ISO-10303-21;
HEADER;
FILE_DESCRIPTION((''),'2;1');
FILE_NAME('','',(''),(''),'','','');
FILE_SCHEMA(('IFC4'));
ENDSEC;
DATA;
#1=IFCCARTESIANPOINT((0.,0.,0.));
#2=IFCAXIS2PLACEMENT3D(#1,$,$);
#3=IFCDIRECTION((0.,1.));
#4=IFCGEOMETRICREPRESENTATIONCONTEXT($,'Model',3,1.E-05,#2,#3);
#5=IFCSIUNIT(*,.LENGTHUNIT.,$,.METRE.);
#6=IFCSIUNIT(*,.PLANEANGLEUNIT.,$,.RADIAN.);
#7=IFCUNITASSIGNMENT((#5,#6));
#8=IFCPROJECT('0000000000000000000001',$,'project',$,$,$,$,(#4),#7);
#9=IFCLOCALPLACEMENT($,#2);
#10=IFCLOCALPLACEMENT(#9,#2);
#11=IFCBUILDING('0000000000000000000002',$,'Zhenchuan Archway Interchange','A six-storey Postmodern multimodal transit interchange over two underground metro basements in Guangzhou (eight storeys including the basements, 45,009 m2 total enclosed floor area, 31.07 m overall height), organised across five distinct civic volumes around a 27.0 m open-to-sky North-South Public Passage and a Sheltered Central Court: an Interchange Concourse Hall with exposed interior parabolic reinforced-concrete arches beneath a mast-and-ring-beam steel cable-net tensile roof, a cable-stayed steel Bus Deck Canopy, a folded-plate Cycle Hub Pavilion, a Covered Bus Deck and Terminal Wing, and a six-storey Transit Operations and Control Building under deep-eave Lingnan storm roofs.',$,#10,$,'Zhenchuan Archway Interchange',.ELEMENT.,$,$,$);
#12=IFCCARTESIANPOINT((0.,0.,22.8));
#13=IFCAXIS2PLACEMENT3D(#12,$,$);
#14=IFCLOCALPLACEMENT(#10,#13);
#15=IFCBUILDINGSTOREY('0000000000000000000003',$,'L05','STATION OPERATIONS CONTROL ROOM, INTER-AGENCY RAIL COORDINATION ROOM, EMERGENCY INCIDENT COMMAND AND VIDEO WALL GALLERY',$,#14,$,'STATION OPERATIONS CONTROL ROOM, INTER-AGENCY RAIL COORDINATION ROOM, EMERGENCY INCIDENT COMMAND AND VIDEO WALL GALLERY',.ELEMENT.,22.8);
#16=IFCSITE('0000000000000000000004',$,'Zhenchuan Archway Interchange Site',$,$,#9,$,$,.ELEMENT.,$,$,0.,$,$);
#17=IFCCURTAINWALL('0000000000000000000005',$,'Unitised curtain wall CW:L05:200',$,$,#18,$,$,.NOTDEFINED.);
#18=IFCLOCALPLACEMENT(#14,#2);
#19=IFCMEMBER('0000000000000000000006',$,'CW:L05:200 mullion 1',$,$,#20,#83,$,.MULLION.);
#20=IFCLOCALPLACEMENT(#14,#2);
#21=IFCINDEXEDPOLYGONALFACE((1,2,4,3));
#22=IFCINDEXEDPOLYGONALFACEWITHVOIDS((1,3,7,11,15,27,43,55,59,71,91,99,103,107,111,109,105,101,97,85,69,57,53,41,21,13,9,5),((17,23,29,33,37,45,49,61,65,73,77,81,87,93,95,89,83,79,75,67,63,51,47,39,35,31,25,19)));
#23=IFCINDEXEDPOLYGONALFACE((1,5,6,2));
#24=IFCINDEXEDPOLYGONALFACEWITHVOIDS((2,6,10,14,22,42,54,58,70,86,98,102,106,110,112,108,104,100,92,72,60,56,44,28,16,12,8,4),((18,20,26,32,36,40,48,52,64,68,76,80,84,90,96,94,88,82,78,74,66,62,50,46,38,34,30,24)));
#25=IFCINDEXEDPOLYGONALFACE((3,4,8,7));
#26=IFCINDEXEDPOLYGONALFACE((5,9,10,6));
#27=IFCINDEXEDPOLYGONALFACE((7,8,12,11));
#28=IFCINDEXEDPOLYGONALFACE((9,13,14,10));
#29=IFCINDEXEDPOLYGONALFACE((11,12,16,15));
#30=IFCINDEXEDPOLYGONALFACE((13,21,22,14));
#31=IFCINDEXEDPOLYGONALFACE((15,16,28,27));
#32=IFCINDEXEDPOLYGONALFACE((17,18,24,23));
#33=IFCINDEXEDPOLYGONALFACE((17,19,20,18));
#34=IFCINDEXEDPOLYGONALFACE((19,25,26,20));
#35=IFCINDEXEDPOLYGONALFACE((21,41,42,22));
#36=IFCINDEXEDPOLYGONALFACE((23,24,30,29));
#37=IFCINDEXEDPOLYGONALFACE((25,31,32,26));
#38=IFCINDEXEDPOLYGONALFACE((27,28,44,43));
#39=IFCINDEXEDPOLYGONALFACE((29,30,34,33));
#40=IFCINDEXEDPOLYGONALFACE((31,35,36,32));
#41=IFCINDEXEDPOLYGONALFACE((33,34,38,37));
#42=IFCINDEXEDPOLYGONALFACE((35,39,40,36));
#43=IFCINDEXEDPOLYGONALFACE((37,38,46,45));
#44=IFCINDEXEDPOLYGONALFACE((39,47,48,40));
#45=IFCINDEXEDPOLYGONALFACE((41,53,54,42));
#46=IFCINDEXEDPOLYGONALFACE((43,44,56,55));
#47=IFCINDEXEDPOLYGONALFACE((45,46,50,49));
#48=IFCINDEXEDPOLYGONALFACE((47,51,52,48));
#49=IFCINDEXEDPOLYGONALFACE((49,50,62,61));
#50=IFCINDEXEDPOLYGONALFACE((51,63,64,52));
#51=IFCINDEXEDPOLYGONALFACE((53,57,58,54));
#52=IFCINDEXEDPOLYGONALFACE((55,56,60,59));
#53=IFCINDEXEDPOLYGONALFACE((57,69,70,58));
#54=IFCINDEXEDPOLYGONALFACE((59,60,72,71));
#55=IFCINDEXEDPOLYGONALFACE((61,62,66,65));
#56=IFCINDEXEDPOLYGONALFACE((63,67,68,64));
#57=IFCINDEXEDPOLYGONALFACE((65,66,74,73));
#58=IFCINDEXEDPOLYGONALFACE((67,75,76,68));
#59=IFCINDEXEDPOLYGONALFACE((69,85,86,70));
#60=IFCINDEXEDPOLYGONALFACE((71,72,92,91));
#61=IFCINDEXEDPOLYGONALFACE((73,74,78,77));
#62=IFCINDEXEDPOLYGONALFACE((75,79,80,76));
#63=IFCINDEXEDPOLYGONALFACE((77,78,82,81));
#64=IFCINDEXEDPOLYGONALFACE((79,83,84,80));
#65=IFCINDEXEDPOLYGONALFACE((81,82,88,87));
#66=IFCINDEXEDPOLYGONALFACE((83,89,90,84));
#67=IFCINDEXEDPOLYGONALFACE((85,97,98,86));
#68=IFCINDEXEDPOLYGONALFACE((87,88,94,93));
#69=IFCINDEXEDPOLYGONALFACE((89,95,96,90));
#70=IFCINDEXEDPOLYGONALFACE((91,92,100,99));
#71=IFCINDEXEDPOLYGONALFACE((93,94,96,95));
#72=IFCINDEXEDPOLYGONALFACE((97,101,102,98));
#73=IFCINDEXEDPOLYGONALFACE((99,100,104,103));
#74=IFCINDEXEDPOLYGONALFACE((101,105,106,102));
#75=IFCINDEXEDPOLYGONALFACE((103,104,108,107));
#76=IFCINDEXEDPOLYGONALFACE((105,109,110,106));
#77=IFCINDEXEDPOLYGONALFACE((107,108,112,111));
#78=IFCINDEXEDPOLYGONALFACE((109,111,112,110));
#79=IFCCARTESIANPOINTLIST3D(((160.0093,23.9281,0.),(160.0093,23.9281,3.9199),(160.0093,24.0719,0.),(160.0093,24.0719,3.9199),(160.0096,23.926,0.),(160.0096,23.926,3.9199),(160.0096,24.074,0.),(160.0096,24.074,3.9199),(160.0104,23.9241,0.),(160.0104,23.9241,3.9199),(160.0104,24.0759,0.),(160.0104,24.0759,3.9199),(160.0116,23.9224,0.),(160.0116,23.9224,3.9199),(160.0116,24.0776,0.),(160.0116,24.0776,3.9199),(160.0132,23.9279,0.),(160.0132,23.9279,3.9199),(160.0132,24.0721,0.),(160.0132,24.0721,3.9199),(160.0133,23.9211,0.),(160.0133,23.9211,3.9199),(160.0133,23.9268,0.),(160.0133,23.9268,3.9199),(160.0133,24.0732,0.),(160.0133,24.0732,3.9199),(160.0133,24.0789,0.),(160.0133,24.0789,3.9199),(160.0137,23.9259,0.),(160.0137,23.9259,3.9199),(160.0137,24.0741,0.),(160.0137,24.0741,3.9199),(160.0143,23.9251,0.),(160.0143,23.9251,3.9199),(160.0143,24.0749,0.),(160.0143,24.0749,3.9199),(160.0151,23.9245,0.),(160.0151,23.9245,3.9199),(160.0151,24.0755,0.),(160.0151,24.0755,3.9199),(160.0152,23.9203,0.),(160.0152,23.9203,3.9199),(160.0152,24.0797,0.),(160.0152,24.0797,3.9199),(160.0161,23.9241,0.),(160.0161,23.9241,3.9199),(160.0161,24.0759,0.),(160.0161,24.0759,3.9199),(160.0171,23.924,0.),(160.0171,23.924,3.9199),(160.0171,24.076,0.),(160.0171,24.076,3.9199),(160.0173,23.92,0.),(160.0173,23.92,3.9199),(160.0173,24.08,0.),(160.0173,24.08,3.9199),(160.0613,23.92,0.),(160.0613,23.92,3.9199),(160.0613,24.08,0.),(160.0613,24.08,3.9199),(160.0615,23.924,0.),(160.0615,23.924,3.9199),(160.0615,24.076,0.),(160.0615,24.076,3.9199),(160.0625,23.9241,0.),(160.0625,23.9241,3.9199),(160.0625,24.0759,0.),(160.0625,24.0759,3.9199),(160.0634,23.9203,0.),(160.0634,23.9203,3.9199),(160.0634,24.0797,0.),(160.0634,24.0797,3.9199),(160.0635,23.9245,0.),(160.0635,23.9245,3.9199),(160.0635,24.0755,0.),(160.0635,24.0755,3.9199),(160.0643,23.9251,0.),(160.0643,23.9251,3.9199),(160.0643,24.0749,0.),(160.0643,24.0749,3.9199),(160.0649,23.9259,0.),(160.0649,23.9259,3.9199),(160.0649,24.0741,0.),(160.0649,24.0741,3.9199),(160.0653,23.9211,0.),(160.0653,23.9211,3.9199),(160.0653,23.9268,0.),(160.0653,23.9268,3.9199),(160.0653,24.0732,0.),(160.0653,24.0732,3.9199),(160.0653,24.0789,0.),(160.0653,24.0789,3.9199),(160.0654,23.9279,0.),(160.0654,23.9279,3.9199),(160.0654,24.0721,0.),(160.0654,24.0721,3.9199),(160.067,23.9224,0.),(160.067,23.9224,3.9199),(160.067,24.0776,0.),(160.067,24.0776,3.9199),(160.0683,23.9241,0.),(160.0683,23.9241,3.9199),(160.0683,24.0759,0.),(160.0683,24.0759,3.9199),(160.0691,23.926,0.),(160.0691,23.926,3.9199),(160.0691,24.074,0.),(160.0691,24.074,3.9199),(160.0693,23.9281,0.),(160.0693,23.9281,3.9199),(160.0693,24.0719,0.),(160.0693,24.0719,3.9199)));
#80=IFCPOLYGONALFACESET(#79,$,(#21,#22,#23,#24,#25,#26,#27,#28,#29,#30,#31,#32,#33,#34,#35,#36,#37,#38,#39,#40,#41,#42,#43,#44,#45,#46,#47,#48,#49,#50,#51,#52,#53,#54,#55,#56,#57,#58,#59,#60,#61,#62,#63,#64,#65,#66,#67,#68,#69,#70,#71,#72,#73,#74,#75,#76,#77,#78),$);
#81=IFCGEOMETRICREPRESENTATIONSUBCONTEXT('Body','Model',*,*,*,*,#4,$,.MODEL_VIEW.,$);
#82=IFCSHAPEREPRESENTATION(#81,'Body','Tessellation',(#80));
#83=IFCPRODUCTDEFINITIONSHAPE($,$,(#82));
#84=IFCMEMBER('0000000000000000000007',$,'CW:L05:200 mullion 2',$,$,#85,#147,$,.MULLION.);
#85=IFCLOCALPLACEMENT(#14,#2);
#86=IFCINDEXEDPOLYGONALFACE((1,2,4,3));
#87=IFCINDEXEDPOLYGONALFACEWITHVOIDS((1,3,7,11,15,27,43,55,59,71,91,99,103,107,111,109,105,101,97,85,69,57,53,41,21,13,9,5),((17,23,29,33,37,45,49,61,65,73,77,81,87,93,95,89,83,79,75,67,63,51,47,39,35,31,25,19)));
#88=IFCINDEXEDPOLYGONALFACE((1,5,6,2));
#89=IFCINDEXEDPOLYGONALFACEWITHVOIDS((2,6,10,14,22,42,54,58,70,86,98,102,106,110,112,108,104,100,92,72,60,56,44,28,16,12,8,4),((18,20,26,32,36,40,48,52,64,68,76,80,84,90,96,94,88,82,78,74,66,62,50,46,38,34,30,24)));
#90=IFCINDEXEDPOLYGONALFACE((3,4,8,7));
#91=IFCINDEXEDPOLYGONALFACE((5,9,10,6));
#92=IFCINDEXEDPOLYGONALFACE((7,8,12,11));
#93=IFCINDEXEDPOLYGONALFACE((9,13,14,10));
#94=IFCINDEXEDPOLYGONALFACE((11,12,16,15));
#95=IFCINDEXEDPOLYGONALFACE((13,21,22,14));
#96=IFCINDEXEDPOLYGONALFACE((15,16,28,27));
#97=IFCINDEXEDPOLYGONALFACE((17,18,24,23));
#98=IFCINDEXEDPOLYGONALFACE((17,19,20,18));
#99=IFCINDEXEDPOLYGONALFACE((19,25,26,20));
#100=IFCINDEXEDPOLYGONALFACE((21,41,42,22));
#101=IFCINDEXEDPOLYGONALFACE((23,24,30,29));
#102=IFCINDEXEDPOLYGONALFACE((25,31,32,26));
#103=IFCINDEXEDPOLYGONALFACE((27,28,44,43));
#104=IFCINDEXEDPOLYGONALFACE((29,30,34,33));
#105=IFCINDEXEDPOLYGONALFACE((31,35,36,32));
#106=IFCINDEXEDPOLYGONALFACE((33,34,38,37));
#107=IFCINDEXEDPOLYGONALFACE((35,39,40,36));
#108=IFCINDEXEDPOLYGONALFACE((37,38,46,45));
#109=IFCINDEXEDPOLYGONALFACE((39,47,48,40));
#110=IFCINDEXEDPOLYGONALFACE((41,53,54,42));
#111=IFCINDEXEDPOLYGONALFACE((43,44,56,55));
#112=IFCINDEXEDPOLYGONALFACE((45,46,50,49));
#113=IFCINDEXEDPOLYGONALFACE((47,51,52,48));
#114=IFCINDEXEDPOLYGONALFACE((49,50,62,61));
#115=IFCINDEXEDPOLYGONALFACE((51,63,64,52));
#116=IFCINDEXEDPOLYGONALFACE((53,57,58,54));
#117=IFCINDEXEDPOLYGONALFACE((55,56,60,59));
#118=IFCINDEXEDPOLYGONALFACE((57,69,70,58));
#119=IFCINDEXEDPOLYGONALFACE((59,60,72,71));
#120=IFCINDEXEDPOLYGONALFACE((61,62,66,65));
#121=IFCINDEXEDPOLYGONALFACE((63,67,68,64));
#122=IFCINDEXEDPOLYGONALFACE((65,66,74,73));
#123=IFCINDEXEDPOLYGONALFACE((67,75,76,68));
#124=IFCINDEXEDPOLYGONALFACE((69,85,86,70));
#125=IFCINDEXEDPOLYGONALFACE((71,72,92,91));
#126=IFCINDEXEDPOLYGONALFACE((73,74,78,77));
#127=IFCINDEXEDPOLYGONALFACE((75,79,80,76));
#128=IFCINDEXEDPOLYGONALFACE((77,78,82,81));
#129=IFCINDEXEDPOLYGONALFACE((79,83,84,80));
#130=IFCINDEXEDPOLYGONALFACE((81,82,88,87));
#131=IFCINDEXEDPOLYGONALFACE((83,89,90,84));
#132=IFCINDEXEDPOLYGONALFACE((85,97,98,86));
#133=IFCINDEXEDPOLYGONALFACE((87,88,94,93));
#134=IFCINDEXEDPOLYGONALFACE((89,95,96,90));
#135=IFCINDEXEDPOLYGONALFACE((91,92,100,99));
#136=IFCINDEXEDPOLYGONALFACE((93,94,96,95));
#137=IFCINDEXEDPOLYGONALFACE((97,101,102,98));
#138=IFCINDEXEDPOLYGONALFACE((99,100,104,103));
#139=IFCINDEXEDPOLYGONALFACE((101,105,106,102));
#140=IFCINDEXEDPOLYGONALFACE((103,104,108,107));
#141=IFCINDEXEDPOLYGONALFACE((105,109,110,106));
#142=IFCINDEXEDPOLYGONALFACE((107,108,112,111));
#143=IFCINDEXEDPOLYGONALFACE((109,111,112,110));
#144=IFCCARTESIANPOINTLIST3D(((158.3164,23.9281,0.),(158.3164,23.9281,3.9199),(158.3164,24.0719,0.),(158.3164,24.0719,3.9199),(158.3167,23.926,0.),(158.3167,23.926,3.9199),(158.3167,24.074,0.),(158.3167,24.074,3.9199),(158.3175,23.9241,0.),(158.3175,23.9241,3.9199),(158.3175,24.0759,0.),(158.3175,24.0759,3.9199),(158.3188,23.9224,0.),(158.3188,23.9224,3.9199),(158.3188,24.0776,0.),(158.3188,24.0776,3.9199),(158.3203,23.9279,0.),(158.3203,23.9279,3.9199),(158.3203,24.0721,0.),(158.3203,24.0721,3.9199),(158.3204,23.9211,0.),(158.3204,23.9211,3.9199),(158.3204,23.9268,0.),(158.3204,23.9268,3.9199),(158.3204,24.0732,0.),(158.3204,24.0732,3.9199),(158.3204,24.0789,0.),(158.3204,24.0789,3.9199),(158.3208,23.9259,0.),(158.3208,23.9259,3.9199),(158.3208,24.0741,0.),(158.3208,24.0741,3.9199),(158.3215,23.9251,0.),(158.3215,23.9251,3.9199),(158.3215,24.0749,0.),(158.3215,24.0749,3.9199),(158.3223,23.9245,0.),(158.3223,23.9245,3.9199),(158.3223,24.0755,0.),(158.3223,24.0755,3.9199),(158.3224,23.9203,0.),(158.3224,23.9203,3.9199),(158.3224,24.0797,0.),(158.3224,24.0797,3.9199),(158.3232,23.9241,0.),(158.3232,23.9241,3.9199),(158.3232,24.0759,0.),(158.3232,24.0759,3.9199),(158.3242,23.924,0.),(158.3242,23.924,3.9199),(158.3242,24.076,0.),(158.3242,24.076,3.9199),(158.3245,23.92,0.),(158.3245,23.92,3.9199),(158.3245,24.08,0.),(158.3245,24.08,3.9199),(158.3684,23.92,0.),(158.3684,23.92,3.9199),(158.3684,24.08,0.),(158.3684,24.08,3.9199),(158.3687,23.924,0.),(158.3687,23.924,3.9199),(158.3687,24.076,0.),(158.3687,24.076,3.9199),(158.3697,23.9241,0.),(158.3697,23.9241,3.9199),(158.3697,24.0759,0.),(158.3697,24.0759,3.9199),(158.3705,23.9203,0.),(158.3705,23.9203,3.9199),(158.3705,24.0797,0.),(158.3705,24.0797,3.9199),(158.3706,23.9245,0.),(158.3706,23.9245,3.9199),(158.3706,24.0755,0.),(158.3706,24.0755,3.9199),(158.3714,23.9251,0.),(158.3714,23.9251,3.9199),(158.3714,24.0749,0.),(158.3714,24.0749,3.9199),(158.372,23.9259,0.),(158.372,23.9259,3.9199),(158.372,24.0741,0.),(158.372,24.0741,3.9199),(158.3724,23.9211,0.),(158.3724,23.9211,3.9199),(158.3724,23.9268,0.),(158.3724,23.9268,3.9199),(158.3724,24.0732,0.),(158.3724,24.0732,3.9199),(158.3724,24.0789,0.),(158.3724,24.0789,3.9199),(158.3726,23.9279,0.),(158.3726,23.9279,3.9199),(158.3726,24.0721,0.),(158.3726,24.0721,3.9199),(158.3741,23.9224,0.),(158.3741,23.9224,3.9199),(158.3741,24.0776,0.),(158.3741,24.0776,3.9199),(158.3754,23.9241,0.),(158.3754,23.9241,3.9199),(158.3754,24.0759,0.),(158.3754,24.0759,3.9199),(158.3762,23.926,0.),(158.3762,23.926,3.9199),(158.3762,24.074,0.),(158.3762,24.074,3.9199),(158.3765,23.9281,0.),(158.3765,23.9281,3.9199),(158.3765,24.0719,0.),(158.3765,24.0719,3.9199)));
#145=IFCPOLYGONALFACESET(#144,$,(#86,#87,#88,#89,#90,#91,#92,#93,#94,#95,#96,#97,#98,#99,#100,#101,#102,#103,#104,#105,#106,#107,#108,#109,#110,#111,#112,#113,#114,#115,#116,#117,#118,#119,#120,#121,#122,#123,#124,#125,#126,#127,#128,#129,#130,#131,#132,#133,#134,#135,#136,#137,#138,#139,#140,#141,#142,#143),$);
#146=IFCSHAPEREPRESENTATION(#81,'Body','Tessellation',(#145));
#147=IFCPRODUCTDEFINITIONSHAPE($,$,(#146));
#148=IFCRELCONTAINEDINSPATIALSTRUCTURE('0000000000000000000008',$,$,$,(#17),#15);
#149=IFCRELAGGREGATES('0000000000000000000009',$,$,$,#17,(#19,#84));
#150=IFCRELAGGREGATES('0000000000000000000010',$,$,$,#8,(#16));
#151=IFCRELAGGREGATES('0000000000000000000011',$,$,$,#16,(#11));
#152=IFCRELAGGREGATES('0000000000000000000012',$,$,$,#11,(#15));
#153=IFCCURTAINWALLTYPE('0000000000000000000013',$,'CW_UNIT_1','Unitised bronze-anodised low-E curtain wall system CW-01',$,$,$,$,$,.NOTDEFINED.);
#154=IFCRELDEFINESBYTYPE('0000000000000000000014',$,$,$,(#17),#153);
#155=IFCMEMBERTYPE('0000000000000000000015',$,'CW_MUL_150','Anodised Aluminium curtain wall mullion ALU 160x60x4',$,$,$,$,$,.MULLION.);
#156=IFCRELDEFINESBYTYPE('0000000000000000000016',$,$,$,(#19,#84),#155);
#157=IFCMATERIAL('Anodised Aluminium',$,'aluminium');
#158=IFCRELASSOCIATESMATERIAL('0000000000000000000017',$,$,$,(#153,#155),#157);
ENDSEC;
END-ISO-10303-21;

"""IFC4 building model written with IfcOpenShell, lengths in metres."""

from ifc_helpers import new_model, si_unit, direction, frame, origin, origin_2d, place, context, subcontext, project, spatial, hollow_rectangle, extrude, material, material_profile, profile_set, type_object, element, aggregate, save


model = new_model("IFC4")

# Units and contexts
model_context = context("Model", 3, precision=1e-05, world=origin(), true_north=direction((0.0, 1.0)))
body_context = subcontext(model_context, "Body", "Model", "MODEL_VIEW")
ifc_project = project(units=[si_unit("LENGTHUNIT", "METRE"), si_unit("PLANEANGLEUNIT", "RADIAN")], contexts=[model_context])

# Site, building, storey
site_placement = place(None, origin())
site = spatial("IfcSite", under=ifc_project, at=site_placement, Name="Zhenchuan Archway Interchange Site", CompositionType="ELEMENT", RefElevation=0.0)
building_placement = place(site_placement, origin())
building = spatial("IfcBuilding", under=site, at=building_placement, Name="Zhenchuan Archway Interchange", Description="A six-storey Postmodern multimodal transit interchange over two underground metro basements in Guangzhou (eight storeys including the basements, 45,009 m2 total enclosed floor area, 31.07 m overall height), organised across five distinct civic volumes around a 27.0 m open-to-sky North-South Public Passage and a Sheltered Central Court: an Interchange Concourse Hall with exposed interior parabolic reinforced-concrete arches beneath a mast-and-ring-beam steel cable-net tensile roof, a cable-stayed steel Bus Deck Canopy, a folded-plate Cycle Hub Pavilion, a Covered Bus Deck and Terminal Wing, and a six-storey Transit Operations and Control Building under deep-eave Lingnan storm roofs.", LongName="Zhenchuan Archway Interchange", CompositionType="ELEMENT")
storey_placement = place(building_placement, frame((0.0, 0.0, 22.8)))
storey = spatial("IfcBuildingStorey", under=building, at=storey_placement, Name="L05", Description="STATION OPERATIONS CONTROL ROOM, INTER-AGENCY RAIL COORDINATION ROOM, EMERGENCY INCIDENT COMMAND AND VIDEO WALL GALLERY", LongName="STATION OPERATIONS CONTROL ROOM, INTER-AGENCY RAIL COORDINATION ROOM, EMERGENCY INCIDENT COMMAND AND VIDEO WALL GALLERY", CompositionType="ELEMENT", Elevation=22.8)

# Curtain wall, members
ifc_material_1 = material(Name="Anodised Aluminium", Category="aluminium")
curtain_wall_type = type_object("IfcCurtainWallType", Name="CW_UNIT_1", Description="Unitised bronze-anodised low-E curtain wall system CW-01", PredefinedType="NOTDEFINED", material=ifc_material_1)
curtain_wall_placement = place(storey_placement, origin())
curtain_wall = element("IfcCurtainWall", 1, at=curtain_wall_placement, inside=storey, type_object=curtain_wall_type, Name="Unitised curtain wall CW:L05:200", PredefinedType="NOTDEFINED")
ifc_material_profile_1 = material_profile(ifc_material_1, hollow_rectangle(XDim=0.0601, YDim=0.1599, WallThickness=0.0039, InnerFilletRadius=0.0039, OuterFilletRadius=0.0081, at=origin_2d()), Name="ALU 160x60x4")
ifc_profile_set_1 = profile_set([ifc_material_profile_1], Name="Anodised Aluminium")
member_type_1 = type_object("IfcMemberType", Name="CW_MUL_150", Description="Anodised Aluminium curtain wall mullion ALU 160x60x4", PredefinedType="MULLION", material=ifc_profile_set_1)
member_1_placement = place(storey_placement, frame((160.0393, 24.0, 0.0), z_axis=(0.0, 0.0, 1.0), x_axis=(1.0, 0.0, 0.0)))
member_1 = element("IfcMember", 2, at=member_1_placement, type_object=member_type_1, Name="CW:L05:200 mullion 1", PredefinedType="MULLION", context=body_context, shape_type="SweptSolid", body=[
    extrude(hollow_rectangle(XDim=0.0601, YDim=0.1599, WallThickness=0.0039, InnerFilletRadius=0.0039, OuterFilletRadius=0.0081, at=origin_2d()), origin(), (0.0, 0.0, 1.0), 3.9199),
])
member_2_placement = place(storey_placement, frame((158.3464, 24.0, 0.0), z_axis=(0.0, 0.0, 1.0), x_axis=(1.0, 0.0, 0.0)))
member_2 = element("IfcMember", 3, at=member_2_placement, type_object=member_type_1, Name="CW:L05:200 mullion 2", PredefinedType="MULLION", context=body_context, shape_type="SweptSolid", body=[
    extrude(hollow_rectangle(XDim=0.0601, YDim=0.1599, WallThickness=0.0039, InnerFilletRadius=0.0039, OuterFilletRadius=0.0081, at=origin_2d()), origin(), (0.0, 0.0, 1.0), 3.9199),
])

aggregate(curtain_wall, [member_1, member_2])

save(model, "model.ifc")
